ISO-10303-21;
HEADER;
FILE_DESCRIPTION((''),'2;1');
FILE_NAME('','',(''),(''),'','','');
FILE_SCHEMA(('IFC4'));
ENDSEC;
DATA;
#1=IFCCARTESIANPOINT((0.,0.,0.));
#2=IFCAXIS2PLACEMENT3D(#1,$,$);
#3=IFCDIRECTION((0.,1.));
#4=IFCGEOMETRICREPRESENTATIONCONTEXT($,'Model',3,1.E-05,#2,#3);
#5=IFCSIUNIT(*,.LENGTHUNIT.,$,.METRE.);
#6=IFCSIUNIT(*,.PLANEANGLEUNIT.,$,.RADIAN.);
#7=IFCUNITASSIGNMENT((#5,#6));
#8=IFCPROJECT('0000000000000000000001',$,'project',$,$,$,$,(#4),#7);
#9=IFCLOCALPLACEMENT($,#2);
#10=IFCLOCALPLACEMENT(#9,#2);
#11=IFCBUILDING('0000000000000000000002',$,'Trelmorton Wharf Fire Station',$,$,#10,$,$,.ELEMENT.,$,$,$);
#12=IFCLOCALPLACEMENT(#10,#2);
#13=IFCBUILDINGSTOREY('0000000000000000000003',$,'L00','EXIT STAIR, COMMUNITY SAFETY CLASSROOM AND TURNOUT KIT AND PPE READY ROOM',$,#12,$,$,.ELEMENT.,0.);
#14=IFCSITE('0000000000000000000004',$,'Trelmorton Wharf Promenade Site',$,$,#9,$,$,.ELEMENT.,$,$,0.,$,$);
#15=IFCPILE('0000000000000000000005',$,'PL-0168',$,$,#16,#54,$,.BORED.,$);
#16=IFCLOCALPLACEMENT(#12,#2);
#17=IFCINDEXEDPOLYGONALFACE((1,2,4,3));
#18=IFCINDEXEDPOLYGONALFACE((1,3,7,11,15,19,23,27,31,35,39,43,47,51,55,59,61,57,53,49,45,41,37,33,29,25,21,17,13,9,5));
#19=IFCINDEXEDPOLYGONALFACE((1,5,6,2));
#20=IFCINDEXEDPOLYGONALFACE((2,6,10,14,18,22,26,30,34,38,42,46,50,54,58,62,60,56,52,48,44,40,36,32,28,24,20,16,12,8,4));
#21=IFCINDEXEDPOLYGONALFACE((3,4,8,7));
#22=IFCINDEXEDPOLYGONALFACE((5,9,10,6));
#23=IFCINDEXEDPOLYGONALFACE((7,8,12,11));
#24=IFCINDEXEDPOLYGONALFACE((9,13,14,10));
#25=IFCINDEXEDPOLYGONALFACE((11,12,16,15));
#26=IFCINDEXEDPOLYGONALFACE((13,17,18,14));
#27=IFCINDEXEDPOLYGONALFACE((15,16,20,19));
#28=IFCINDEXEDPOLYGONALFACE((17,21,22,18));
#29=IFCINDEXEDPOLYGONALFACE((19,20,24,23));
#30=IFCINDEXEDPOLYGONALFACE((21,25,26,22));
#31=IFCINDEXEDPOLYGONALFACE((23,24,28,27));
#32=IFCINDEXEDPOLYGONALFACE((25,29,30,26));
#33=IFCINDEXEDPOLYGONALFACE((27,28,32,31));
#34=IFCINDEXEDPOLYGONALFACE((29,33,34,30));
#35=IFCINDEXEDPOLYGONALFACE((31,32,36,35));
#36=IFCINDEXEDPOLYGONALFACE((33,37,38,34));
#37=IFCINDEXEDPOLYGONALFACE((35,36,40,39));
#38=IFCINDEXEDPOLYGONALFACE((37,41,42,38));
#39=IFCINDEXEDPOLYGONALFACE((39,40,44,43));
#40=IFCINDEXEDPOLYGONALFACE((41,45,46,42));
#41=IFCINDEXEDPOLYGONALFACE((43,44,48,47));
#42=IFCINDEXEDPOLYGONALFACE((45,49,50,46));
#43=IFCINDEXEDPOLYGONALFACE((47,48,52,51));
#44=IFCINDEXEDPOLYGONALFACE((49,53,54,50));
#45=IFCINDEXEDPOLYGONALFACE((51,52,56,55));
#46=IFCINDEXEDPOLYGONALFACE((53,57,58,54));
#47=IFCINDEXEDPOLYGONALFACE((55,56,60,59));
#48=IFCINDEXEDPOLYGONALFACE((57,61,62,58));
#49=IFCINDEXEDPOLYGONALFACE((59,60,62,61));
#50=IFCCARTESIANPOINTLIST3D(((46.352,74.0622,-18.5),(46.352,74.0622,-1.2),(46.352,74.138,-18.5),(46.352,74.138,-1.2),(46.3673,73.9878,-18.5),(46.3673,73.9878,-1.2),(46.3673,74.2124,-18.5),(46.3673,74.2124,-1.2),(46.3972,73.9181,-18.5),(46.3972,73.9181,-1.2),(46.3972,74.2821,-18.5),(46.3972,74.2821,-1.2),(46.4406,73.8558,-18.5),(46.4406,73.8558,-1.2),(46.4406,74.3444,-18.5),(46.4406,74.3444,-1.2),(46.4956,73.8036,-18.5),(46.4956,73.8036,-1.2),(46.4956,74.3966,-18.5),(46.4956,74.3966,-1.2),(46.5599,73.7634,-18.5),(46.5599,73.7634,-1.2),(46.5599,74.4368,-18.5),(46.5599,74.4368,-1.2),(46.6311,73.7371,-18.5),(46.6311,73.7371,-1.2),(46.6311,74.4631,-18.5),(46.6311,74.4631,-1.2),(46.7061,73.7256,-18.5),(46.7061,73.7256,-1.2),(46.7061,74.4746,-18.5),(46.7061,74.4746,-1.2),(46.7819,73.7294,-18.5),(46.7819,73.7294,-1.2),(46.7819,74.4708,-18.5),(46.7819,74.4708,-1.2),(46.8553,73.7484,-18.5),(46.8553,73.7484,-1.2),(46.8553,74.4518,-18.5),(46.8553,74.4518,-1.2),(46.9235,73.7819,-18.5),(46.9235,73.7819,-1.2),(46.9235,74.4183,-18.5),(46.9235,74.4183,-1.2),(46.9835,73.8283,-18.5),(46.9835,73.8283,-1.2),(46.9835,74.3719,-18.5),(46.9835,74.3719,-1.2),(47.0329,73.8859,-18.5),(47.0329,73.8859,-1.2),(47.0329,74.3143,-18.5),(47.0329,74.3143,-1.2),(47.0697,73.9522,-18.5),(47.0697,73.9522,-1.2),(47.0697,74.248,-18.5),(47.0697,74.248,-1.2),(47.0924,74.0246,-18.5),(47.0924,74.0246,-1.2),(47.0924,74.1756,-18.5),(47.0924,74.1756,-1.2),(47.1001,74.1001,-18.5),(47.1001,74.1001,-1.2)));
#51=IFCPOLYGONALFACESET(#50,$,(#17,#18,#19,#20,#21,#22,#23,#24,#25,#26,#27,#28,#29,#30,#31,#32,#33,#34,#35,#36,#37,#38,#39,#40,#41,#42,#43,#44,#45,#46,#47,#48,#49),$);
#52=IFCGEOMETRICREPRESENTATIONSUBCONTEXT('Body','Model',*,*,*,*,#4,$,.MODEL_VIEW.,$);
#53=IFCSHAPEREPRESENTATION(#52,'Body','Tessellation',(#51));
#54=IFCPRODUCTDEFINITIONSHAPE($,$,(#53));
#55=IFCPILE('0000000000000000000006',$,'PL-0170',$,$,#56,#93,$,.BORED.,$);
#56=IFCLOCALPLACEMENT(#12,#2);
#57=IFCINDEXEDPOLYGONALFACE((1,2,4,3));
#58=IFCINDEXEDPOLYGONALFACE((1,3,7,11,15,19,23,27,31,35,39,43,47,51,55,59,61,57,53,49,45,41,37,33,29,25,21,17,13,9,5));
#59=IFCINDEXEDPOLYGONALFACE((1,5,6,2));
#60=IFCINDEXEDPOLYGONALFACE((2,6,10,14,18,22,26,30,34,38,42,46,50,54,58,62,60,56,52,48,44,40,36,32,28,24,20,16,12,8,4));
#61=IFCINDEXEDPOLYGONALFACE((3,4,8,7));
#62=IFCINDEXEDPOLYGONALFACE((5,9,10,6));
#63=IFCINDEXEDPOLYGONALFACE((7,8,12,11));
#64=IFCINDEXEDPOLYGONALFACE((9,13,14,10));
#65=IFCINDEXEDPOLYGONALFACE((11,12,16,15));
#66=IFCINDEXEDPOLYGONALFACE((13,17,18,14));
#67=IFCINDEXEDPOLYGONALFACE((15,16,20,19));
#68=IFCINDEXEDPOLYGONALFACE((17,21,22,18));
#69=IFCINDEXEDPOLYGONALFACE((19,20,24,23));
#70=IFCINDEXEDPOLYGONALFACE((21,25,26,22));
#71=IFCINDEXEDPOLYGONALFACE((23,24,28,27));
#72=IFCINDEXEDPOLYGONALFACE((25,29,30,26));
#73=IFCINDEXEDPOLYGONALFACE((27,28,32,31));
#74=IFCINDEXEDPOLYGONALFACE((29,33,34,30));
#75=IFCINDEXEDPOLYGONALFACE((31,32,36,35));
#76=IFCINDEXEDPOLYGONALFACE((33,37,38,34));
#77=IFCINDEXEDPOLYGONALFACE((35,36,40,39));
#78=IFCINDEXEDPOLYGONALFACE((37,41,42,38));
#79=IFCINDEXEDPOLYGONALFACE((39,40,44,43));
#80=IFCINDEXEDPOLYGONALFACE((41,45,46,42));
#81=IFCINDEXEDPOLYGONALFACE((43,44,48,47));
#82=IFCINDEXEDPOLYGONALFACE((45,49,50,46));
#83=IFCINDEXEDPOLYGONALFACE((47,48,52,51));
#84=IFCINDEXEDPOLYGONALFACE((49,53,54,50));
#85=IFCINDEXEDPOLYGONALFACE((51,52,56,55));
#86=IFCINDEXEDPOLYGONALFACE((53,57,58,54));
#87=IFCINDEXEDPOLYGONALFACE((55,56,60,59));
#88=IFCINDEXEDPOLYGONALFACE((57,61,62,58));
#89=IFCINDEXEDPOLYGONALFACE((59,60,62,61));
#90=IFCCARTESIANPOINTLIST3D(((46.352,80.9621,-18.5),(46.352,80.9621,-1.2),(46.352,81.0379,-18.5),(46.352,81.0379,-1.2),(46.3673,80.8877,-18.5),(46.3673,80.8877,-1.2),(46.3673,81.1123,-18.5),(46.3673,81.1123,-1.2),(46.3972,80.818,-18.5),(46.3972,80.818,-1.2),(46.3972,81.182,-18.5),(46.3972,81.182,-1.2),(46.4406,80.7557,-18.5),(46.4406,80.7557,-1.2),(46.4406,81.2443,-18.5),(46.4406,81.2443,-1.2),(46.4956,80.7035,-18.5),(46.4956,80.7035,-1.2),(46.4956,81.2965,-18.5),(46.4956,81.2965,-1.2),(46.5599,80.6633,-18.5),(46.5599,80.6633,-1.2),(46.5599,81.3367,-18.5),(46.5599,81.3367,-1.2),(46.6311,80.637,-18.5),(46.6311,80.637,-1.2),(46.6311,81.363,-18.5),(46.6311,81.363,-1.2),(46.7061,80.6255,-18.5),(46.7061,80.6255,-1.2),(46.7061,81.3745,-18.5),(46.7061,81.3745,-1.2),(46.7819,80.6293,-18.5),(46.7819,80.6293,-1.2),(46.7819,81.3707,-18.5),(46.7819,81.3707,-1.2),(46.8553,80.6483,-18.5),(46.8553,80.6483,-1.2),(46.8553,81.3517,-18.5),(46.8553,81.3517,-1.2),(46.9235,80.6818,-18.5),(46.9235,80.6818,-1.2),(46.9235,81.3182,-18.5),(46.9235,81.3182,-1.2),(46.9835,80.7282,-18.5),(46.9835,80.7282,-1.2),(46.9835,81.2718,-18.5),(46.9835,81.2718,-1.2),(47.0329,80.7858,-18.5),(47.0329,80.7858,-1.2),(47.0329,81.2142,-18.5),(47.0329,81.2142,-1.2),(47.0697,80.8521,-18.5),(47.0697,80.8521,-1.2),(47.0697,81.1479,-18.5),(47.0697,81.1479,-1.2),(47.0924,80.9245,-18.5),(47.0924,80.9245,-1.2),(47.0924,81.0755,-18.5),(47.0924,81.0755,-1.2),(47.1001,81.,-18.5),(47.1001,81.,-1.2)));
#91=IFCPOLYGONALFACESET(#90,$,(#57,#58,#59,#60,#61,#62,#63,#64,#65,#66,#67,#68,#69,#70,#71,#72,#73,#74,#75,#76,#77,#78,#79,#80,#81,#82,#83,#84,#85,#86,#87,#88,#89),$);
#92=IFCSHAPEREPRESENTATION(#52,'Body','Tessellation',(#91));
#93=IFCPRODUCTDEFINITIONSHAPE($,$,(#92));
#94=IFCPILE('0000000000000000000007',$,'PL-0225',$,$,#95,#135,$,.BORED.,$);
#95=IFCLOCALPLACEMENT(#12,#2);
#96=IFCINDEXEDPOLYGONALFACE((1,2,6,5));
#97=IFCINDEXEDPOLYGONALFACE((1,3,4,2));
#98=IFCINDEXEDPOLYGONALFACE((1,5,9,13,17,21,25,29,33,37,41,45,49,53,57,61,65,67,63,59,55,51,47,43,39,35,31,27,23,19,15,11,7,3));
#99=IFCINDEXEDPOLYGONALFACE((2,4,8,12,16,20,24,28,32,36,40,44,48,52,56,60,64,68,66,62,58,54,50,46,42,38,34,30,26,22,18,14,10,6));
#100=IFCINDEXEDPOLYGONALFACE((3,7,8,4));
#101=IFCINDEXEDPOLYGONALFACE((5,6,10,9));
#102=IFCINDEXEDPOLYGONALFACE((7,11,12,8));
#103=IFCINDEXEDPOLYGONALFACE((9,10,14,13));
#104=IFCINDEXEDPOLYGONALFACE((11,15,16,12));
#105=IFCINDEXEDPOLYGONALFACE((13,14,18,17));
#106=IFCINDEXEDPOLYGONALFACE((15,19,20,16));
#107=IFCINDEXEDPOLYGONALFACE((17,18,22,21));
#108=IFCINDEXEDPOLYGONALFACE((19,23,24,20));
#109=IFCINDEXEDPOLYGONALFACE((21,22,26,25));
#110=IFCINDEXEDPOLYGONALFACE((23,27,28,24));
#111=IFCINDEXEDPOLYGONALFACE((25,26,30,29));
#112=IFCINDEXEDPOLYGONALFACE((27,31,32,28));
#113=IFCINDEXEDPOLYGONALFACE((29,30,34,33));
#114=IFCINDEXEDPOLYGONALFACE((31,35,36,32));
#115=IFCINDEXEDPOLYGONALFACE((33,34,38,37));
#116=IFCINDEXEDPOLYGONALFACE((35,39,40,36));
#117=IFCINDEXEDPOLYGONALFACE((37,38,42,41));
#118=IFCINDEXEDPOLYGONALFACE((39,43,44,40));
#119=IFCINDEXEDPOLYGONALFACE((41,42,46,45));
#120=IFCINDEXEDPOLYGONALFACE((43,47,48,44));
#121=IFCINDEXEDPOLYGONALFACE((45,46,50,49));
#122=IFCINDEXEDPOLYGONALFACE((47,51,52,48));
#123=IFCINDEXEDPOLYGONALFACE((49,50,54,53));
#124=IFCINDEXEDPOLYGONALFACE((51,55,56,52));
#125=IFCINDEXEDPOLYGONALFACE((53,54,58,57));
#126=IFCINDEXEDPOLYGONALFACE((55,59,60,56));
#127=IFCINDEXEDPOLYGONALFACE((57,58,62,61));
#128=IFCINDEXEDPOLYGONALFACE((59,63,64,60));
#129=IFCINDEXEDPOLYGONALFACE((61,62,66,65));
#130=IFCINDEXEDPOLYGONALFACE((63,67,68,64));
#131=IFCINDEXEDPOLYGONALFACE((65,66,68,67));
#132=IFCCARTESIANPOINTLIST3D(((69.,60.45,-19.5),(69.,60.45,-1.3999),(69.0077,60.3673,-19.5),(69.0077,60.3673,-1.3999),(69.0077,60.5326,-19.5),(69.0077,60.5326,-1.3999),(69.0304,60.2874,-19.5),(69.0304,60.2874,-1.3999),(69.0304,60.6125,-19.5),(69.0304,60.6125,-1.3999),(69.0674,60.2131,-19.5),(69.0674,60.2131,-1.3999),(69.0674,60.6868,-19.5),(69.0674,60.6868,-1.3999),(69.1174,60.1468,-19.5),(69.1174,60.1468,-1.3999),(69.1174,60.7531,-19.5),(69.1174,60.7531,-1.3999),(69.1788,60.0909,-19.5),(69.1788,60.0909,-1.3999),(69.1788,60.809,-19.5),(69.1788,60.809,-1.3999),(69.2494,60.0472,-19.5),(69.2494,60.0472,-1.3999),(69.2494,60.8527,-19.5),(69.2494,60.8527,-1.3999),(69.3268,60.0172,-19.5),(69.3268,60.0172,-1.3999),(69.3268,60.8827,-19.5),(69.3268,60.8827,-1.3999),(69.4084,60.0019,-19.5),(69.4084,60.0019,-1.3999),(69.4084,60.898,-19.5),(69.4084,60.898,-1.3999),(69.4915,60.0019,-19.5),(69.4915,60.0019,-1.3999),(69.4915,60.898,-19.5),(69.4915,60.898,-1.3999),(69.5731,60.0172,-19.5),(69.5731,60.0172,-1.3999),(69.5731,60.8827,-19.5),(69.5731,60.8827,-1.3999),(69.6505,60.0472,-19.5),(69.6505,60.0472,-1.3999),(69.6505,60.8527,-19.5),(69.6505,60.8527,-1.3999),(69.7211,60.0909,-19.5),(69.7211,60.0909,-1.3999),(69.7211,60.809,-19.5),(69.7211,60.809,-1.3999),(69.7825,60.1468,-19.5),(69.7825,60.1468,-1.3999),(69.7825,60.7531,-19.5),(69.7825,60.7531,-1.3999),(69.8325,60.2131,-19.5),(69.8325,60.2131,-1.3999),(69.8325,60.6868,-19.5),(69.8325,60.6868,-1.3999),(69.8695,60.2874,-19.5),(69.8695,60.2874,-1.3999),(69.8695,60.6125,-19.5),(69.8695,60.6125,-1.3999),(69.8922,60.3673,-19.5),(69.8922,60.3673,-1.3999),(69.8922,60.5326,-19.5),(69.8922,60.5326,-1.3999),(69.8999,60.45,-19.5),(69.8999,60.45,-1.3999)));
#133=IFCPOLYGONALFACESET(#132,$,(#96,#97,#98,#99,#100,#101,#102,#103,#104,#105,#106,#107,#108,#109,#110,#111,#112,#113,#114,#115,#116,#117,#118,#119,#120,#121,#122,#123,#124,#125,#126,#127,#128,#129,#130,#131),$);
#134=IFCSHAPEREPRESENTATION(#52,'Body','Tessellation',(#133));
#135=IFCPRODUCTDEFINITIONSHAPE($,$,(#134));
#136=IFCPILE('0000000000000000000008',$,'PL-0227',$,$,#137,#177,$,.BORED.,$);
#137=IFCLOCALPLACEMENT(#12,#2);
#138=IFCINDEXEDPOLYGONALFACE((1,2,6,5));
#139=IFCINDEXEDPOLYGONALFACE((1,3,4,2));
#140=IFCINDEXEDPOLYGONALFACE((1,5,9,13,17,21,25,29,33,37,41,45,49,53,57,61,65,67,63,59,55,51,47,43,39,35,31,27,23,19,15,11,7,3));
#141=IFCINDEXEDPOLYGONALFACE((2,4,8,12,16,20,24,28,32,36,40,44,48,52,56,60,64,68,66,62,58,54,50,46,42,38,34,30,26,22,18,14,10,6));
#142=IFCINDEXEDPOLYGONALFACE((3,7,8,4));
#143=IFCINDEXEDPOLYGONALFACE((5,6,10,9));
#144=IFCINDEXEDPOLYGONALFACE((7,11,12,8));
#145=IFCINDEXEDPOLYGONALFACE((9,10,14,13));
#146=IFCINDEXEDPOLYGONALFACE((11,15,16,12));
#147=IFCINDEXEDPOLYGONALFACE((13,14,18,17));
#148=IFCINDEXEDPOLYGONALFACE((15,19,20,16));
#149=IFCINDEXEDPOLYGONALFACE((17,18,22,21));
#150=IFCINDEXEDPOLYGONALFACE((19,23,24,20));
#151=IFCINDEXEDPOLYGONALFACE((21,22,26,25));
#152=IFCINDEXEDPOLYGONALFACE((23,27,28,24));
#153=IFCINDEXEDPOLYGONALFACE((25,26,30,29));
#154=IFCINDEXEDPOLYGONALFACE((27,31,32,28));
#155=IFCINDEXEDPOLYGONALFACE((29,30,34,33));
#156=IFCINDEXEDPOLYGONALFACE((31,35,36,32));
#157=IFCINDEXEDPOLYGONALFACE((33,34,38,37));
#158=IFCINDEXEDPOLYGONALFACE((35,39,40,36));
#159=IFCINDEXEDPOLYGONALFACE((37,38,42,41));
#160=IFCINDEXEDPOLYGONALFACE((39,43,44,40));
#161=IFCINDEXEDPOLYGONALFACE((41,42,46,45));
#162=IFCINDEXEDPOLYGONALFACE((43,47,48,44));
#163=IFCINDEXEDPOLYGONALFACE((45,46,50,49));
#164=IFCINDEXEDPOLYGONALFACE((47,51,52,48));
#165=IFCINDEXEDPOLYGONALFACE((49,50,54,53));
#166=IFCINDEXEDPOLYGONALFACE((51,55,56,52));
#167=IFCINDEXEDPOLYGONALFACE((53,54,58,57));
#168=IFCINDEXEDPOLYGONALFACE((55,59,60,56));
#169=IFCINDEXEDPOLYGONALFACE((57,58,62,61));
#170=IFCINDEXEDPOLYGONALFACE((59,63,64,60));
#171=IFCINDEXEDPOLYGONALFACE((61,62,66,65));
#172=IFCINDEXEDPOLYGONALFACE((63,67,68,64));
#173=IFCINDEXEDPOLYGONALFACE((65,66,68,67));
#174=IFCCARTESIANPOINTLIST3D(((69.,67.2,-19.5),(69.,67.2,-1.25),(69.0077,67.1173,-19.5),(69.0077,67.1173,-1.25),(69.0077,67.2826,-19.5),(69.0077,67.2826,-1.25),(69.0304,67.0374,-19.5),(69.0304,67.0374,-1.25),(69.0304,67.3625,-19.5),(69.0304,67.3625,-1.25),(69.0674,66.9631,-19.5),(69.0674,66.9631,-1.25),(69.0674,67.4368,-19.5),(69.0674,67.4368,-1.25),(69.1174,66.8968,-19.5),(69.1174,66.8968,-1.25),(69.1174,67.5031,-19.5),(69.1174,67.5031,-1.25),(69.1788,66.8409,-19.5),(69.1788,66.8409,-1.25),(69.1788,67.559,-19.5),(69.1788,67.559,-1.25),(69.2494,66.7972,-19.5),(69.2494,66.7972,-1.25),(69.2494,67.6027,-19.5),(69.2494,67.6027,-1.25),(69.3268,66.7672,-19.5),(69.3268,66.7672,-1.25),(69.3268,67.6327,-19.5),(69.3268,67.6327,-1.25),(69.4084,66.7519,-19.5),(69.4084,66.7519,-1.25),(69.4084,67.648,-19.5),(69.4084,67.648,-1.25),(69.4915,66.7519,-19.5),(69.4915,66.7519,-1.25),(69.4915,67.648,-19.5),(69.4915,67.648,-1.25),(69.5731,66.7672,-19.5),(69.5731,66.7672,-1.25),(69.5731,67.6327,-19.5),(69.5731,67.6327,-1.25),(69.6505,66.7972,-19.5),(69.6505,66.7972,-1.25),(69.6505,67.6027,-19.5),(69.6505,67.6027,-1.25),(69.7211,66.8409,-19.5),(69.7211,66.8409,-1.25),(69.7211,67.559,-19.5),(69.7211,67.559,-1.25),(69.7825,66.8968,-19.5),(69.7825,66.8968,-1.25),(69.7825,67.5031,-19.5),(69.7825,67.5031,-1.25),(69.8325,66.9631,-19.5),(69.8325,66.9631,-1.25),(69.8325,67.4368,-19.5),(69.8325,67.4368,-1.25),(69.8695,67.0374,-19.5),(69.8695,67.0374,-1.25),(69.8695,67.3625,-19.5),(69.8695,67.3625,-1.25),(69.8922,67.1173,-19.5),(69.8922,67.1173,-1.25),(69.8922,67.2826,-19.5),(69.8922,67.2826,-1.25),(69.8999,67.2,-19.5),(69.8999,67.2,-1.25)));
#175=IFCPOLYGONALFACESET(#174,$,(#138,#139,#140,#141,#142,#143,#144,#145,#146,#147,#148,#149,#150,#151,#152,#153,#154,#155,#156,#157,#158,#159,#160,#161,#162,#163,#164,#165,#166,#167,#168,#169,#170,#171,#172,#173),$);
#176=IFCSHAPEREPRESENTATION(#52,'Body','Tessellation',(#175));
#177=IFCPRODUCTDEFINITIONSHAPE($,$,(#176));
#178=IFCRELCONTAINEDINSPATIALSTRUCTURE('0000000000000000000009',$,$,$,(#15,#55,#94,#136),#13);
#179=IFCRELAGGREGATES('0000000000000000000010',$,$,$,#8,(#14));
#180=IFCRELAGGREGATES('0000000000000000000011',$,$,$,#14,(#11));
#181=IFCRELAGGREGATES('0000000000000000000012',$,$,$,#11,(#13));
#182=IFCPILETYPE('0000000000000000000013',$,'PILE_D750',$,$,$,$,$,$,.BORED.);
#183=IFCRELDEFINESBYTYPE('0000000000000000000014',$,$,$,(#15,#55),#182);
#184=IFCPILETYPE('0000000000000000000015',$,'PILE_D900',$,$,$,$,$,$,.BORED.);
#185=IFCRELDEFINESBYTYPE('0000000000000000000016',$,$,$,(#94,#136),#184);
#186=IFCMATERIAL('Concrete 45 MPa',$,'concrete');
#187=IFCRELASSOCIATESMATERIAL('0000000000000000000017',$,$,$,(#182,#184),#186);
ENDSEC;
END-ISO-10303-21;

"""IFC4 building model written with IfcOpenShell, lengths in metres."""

from ifc_helpers import new_model, si_unit, direction, frame, origin, origin_2d, place, context, subcontext, project, spatial, circle, extrude, material, material_profile, profile_set, type_object, element, save


model = new_model("IFC4")

# Units and contexts
model_context = context("Model", 3, precision=1e-05, world=origin(), true_north=direction((0.0, 1.0)))
body_context = subcontext(model_context, "Body", "Model", "MODEL_VIEW")
ifc_project = project(units=[si_unit("LENGTHUNIT", "METRE"), si_unit("PLANEANGLEUNIT", "RADIAN")], contexts=[model_context])

# Site, building, storey
site_placement = place(None, origin())
site = spatial("IfcSite", under=ifc_project, at=site_placement, Name="Trelmorton Wharf Promenade Site", CompositionType="ELEMENT", RefElevation=0.0)
building_placement = place(site_placement, origin())
building = spatial("IfcBuilding", under=site, at=building_placement, Name="Trelmorton Wharf Fire Station", CompositionType="ELEMENT")
storey_placement = place(building_placement, origin())
storey = spatial("IfcBuildingStorey", under=building, at=storey_placement, Name="L00", Description="EXIT STAIR, COMMUNITY SAFETY CLASSROOM AND TURNOUT KIT AND PPE READY ROOM", CompositionType="ELEMENT", Elevation=0.0)

# Piles
ifc_material_1 = material(Name="Concrete 45 MPa", Category="concrete")
ifc_material_profile_1 = material_profile(ifc_material_1, circle(Radius=0.375, at=origin_2d()), Name="PILE-D750")
ifc_profile_set_1 = profile_set([ifc_material_profile_1], Name="Concrete 45 MPa")
pile_type_1 = type_object("IfcPileType", Name="PILE_D750", PredefinedType="BORED", material=ifc_profile_set_1)
for number, where, z_axis, x_axis, name in (
    (1, (46.7251, 74.1001, -1.2), (0.0, 0.0, -1.0), (1.0, 0.0, 0.0), "PL-0168"),
    (2, (46.7251, 81.0, -1.2), (0.0, 0.0, -1.0), (1.0, 0.0, 0.0), "PL-0170"),
):
    element("IfcPile", number, at=place(storey_placement, frame(where, z_axis=z_axis, x_axis=x_axis)), inside=storey, type_object=pile_type_1, Name=name, PredefinedType="BORED", context=body_context, shape_type="SweptSolid", body=[
        extrude(circle(Radius=0.375, at=origin_2d()), origin(), (0.0, 0.0, 1.0), 17.3),
    ])
ifc_material_profile_2 = material_profile(ifc_material_1, circle(Radius=0.45, at=origin_2d()), Name="PILE-D900")
ifc_profile_set_2 = profile_set([ifc_material_profile_2], Name="Concrete 45 MPa")
pile_type_2 = type_object("IfcPileType", Name="PILE_D900", PredefinedType="BORED", material=ifc_profile_set_2)
pile_placement = place(storey_placement, frame((69.45, 60.45, -1.3999), z_axis=(0.0, 0.0, -1.0), x_axis=(1.0, 0.0, 0.0)))
element("IfcPile", 3, at=pile_placement, inside=storey, type_object=pile_type_2, Name="PL-0225", PredefinedType="BORED", context=body_context, shape_type="SweptSolid", body=[
    extrude(circle(Radius=0.45, at=origin_2d()), origin(), (0.0, 0.0, 1.0), 18.1001),
])
for number, where, z_axis, x_axis, name in (
    (4, (69.45, 67.2, -1.25), (0.0, 0.0, -1.0), (1.0, 0.0, 0.0), "PL-0227"),
):
    element("IfcPile", number, at=place(storey_placement, frame(where, z_axis=z_axis, x_axis=x_axis)), inside=storey, type_object=pile_type_2, Name=name, PredefinedType="BORED", context=body_context, shape_type="SweptSolid", body=[
        extrude(circle(Radius=0.45, at=origin_2d()), origin(), (0.0, 0.0, 1.0), 18.25),
    ])

save(model, "model.ifc")
